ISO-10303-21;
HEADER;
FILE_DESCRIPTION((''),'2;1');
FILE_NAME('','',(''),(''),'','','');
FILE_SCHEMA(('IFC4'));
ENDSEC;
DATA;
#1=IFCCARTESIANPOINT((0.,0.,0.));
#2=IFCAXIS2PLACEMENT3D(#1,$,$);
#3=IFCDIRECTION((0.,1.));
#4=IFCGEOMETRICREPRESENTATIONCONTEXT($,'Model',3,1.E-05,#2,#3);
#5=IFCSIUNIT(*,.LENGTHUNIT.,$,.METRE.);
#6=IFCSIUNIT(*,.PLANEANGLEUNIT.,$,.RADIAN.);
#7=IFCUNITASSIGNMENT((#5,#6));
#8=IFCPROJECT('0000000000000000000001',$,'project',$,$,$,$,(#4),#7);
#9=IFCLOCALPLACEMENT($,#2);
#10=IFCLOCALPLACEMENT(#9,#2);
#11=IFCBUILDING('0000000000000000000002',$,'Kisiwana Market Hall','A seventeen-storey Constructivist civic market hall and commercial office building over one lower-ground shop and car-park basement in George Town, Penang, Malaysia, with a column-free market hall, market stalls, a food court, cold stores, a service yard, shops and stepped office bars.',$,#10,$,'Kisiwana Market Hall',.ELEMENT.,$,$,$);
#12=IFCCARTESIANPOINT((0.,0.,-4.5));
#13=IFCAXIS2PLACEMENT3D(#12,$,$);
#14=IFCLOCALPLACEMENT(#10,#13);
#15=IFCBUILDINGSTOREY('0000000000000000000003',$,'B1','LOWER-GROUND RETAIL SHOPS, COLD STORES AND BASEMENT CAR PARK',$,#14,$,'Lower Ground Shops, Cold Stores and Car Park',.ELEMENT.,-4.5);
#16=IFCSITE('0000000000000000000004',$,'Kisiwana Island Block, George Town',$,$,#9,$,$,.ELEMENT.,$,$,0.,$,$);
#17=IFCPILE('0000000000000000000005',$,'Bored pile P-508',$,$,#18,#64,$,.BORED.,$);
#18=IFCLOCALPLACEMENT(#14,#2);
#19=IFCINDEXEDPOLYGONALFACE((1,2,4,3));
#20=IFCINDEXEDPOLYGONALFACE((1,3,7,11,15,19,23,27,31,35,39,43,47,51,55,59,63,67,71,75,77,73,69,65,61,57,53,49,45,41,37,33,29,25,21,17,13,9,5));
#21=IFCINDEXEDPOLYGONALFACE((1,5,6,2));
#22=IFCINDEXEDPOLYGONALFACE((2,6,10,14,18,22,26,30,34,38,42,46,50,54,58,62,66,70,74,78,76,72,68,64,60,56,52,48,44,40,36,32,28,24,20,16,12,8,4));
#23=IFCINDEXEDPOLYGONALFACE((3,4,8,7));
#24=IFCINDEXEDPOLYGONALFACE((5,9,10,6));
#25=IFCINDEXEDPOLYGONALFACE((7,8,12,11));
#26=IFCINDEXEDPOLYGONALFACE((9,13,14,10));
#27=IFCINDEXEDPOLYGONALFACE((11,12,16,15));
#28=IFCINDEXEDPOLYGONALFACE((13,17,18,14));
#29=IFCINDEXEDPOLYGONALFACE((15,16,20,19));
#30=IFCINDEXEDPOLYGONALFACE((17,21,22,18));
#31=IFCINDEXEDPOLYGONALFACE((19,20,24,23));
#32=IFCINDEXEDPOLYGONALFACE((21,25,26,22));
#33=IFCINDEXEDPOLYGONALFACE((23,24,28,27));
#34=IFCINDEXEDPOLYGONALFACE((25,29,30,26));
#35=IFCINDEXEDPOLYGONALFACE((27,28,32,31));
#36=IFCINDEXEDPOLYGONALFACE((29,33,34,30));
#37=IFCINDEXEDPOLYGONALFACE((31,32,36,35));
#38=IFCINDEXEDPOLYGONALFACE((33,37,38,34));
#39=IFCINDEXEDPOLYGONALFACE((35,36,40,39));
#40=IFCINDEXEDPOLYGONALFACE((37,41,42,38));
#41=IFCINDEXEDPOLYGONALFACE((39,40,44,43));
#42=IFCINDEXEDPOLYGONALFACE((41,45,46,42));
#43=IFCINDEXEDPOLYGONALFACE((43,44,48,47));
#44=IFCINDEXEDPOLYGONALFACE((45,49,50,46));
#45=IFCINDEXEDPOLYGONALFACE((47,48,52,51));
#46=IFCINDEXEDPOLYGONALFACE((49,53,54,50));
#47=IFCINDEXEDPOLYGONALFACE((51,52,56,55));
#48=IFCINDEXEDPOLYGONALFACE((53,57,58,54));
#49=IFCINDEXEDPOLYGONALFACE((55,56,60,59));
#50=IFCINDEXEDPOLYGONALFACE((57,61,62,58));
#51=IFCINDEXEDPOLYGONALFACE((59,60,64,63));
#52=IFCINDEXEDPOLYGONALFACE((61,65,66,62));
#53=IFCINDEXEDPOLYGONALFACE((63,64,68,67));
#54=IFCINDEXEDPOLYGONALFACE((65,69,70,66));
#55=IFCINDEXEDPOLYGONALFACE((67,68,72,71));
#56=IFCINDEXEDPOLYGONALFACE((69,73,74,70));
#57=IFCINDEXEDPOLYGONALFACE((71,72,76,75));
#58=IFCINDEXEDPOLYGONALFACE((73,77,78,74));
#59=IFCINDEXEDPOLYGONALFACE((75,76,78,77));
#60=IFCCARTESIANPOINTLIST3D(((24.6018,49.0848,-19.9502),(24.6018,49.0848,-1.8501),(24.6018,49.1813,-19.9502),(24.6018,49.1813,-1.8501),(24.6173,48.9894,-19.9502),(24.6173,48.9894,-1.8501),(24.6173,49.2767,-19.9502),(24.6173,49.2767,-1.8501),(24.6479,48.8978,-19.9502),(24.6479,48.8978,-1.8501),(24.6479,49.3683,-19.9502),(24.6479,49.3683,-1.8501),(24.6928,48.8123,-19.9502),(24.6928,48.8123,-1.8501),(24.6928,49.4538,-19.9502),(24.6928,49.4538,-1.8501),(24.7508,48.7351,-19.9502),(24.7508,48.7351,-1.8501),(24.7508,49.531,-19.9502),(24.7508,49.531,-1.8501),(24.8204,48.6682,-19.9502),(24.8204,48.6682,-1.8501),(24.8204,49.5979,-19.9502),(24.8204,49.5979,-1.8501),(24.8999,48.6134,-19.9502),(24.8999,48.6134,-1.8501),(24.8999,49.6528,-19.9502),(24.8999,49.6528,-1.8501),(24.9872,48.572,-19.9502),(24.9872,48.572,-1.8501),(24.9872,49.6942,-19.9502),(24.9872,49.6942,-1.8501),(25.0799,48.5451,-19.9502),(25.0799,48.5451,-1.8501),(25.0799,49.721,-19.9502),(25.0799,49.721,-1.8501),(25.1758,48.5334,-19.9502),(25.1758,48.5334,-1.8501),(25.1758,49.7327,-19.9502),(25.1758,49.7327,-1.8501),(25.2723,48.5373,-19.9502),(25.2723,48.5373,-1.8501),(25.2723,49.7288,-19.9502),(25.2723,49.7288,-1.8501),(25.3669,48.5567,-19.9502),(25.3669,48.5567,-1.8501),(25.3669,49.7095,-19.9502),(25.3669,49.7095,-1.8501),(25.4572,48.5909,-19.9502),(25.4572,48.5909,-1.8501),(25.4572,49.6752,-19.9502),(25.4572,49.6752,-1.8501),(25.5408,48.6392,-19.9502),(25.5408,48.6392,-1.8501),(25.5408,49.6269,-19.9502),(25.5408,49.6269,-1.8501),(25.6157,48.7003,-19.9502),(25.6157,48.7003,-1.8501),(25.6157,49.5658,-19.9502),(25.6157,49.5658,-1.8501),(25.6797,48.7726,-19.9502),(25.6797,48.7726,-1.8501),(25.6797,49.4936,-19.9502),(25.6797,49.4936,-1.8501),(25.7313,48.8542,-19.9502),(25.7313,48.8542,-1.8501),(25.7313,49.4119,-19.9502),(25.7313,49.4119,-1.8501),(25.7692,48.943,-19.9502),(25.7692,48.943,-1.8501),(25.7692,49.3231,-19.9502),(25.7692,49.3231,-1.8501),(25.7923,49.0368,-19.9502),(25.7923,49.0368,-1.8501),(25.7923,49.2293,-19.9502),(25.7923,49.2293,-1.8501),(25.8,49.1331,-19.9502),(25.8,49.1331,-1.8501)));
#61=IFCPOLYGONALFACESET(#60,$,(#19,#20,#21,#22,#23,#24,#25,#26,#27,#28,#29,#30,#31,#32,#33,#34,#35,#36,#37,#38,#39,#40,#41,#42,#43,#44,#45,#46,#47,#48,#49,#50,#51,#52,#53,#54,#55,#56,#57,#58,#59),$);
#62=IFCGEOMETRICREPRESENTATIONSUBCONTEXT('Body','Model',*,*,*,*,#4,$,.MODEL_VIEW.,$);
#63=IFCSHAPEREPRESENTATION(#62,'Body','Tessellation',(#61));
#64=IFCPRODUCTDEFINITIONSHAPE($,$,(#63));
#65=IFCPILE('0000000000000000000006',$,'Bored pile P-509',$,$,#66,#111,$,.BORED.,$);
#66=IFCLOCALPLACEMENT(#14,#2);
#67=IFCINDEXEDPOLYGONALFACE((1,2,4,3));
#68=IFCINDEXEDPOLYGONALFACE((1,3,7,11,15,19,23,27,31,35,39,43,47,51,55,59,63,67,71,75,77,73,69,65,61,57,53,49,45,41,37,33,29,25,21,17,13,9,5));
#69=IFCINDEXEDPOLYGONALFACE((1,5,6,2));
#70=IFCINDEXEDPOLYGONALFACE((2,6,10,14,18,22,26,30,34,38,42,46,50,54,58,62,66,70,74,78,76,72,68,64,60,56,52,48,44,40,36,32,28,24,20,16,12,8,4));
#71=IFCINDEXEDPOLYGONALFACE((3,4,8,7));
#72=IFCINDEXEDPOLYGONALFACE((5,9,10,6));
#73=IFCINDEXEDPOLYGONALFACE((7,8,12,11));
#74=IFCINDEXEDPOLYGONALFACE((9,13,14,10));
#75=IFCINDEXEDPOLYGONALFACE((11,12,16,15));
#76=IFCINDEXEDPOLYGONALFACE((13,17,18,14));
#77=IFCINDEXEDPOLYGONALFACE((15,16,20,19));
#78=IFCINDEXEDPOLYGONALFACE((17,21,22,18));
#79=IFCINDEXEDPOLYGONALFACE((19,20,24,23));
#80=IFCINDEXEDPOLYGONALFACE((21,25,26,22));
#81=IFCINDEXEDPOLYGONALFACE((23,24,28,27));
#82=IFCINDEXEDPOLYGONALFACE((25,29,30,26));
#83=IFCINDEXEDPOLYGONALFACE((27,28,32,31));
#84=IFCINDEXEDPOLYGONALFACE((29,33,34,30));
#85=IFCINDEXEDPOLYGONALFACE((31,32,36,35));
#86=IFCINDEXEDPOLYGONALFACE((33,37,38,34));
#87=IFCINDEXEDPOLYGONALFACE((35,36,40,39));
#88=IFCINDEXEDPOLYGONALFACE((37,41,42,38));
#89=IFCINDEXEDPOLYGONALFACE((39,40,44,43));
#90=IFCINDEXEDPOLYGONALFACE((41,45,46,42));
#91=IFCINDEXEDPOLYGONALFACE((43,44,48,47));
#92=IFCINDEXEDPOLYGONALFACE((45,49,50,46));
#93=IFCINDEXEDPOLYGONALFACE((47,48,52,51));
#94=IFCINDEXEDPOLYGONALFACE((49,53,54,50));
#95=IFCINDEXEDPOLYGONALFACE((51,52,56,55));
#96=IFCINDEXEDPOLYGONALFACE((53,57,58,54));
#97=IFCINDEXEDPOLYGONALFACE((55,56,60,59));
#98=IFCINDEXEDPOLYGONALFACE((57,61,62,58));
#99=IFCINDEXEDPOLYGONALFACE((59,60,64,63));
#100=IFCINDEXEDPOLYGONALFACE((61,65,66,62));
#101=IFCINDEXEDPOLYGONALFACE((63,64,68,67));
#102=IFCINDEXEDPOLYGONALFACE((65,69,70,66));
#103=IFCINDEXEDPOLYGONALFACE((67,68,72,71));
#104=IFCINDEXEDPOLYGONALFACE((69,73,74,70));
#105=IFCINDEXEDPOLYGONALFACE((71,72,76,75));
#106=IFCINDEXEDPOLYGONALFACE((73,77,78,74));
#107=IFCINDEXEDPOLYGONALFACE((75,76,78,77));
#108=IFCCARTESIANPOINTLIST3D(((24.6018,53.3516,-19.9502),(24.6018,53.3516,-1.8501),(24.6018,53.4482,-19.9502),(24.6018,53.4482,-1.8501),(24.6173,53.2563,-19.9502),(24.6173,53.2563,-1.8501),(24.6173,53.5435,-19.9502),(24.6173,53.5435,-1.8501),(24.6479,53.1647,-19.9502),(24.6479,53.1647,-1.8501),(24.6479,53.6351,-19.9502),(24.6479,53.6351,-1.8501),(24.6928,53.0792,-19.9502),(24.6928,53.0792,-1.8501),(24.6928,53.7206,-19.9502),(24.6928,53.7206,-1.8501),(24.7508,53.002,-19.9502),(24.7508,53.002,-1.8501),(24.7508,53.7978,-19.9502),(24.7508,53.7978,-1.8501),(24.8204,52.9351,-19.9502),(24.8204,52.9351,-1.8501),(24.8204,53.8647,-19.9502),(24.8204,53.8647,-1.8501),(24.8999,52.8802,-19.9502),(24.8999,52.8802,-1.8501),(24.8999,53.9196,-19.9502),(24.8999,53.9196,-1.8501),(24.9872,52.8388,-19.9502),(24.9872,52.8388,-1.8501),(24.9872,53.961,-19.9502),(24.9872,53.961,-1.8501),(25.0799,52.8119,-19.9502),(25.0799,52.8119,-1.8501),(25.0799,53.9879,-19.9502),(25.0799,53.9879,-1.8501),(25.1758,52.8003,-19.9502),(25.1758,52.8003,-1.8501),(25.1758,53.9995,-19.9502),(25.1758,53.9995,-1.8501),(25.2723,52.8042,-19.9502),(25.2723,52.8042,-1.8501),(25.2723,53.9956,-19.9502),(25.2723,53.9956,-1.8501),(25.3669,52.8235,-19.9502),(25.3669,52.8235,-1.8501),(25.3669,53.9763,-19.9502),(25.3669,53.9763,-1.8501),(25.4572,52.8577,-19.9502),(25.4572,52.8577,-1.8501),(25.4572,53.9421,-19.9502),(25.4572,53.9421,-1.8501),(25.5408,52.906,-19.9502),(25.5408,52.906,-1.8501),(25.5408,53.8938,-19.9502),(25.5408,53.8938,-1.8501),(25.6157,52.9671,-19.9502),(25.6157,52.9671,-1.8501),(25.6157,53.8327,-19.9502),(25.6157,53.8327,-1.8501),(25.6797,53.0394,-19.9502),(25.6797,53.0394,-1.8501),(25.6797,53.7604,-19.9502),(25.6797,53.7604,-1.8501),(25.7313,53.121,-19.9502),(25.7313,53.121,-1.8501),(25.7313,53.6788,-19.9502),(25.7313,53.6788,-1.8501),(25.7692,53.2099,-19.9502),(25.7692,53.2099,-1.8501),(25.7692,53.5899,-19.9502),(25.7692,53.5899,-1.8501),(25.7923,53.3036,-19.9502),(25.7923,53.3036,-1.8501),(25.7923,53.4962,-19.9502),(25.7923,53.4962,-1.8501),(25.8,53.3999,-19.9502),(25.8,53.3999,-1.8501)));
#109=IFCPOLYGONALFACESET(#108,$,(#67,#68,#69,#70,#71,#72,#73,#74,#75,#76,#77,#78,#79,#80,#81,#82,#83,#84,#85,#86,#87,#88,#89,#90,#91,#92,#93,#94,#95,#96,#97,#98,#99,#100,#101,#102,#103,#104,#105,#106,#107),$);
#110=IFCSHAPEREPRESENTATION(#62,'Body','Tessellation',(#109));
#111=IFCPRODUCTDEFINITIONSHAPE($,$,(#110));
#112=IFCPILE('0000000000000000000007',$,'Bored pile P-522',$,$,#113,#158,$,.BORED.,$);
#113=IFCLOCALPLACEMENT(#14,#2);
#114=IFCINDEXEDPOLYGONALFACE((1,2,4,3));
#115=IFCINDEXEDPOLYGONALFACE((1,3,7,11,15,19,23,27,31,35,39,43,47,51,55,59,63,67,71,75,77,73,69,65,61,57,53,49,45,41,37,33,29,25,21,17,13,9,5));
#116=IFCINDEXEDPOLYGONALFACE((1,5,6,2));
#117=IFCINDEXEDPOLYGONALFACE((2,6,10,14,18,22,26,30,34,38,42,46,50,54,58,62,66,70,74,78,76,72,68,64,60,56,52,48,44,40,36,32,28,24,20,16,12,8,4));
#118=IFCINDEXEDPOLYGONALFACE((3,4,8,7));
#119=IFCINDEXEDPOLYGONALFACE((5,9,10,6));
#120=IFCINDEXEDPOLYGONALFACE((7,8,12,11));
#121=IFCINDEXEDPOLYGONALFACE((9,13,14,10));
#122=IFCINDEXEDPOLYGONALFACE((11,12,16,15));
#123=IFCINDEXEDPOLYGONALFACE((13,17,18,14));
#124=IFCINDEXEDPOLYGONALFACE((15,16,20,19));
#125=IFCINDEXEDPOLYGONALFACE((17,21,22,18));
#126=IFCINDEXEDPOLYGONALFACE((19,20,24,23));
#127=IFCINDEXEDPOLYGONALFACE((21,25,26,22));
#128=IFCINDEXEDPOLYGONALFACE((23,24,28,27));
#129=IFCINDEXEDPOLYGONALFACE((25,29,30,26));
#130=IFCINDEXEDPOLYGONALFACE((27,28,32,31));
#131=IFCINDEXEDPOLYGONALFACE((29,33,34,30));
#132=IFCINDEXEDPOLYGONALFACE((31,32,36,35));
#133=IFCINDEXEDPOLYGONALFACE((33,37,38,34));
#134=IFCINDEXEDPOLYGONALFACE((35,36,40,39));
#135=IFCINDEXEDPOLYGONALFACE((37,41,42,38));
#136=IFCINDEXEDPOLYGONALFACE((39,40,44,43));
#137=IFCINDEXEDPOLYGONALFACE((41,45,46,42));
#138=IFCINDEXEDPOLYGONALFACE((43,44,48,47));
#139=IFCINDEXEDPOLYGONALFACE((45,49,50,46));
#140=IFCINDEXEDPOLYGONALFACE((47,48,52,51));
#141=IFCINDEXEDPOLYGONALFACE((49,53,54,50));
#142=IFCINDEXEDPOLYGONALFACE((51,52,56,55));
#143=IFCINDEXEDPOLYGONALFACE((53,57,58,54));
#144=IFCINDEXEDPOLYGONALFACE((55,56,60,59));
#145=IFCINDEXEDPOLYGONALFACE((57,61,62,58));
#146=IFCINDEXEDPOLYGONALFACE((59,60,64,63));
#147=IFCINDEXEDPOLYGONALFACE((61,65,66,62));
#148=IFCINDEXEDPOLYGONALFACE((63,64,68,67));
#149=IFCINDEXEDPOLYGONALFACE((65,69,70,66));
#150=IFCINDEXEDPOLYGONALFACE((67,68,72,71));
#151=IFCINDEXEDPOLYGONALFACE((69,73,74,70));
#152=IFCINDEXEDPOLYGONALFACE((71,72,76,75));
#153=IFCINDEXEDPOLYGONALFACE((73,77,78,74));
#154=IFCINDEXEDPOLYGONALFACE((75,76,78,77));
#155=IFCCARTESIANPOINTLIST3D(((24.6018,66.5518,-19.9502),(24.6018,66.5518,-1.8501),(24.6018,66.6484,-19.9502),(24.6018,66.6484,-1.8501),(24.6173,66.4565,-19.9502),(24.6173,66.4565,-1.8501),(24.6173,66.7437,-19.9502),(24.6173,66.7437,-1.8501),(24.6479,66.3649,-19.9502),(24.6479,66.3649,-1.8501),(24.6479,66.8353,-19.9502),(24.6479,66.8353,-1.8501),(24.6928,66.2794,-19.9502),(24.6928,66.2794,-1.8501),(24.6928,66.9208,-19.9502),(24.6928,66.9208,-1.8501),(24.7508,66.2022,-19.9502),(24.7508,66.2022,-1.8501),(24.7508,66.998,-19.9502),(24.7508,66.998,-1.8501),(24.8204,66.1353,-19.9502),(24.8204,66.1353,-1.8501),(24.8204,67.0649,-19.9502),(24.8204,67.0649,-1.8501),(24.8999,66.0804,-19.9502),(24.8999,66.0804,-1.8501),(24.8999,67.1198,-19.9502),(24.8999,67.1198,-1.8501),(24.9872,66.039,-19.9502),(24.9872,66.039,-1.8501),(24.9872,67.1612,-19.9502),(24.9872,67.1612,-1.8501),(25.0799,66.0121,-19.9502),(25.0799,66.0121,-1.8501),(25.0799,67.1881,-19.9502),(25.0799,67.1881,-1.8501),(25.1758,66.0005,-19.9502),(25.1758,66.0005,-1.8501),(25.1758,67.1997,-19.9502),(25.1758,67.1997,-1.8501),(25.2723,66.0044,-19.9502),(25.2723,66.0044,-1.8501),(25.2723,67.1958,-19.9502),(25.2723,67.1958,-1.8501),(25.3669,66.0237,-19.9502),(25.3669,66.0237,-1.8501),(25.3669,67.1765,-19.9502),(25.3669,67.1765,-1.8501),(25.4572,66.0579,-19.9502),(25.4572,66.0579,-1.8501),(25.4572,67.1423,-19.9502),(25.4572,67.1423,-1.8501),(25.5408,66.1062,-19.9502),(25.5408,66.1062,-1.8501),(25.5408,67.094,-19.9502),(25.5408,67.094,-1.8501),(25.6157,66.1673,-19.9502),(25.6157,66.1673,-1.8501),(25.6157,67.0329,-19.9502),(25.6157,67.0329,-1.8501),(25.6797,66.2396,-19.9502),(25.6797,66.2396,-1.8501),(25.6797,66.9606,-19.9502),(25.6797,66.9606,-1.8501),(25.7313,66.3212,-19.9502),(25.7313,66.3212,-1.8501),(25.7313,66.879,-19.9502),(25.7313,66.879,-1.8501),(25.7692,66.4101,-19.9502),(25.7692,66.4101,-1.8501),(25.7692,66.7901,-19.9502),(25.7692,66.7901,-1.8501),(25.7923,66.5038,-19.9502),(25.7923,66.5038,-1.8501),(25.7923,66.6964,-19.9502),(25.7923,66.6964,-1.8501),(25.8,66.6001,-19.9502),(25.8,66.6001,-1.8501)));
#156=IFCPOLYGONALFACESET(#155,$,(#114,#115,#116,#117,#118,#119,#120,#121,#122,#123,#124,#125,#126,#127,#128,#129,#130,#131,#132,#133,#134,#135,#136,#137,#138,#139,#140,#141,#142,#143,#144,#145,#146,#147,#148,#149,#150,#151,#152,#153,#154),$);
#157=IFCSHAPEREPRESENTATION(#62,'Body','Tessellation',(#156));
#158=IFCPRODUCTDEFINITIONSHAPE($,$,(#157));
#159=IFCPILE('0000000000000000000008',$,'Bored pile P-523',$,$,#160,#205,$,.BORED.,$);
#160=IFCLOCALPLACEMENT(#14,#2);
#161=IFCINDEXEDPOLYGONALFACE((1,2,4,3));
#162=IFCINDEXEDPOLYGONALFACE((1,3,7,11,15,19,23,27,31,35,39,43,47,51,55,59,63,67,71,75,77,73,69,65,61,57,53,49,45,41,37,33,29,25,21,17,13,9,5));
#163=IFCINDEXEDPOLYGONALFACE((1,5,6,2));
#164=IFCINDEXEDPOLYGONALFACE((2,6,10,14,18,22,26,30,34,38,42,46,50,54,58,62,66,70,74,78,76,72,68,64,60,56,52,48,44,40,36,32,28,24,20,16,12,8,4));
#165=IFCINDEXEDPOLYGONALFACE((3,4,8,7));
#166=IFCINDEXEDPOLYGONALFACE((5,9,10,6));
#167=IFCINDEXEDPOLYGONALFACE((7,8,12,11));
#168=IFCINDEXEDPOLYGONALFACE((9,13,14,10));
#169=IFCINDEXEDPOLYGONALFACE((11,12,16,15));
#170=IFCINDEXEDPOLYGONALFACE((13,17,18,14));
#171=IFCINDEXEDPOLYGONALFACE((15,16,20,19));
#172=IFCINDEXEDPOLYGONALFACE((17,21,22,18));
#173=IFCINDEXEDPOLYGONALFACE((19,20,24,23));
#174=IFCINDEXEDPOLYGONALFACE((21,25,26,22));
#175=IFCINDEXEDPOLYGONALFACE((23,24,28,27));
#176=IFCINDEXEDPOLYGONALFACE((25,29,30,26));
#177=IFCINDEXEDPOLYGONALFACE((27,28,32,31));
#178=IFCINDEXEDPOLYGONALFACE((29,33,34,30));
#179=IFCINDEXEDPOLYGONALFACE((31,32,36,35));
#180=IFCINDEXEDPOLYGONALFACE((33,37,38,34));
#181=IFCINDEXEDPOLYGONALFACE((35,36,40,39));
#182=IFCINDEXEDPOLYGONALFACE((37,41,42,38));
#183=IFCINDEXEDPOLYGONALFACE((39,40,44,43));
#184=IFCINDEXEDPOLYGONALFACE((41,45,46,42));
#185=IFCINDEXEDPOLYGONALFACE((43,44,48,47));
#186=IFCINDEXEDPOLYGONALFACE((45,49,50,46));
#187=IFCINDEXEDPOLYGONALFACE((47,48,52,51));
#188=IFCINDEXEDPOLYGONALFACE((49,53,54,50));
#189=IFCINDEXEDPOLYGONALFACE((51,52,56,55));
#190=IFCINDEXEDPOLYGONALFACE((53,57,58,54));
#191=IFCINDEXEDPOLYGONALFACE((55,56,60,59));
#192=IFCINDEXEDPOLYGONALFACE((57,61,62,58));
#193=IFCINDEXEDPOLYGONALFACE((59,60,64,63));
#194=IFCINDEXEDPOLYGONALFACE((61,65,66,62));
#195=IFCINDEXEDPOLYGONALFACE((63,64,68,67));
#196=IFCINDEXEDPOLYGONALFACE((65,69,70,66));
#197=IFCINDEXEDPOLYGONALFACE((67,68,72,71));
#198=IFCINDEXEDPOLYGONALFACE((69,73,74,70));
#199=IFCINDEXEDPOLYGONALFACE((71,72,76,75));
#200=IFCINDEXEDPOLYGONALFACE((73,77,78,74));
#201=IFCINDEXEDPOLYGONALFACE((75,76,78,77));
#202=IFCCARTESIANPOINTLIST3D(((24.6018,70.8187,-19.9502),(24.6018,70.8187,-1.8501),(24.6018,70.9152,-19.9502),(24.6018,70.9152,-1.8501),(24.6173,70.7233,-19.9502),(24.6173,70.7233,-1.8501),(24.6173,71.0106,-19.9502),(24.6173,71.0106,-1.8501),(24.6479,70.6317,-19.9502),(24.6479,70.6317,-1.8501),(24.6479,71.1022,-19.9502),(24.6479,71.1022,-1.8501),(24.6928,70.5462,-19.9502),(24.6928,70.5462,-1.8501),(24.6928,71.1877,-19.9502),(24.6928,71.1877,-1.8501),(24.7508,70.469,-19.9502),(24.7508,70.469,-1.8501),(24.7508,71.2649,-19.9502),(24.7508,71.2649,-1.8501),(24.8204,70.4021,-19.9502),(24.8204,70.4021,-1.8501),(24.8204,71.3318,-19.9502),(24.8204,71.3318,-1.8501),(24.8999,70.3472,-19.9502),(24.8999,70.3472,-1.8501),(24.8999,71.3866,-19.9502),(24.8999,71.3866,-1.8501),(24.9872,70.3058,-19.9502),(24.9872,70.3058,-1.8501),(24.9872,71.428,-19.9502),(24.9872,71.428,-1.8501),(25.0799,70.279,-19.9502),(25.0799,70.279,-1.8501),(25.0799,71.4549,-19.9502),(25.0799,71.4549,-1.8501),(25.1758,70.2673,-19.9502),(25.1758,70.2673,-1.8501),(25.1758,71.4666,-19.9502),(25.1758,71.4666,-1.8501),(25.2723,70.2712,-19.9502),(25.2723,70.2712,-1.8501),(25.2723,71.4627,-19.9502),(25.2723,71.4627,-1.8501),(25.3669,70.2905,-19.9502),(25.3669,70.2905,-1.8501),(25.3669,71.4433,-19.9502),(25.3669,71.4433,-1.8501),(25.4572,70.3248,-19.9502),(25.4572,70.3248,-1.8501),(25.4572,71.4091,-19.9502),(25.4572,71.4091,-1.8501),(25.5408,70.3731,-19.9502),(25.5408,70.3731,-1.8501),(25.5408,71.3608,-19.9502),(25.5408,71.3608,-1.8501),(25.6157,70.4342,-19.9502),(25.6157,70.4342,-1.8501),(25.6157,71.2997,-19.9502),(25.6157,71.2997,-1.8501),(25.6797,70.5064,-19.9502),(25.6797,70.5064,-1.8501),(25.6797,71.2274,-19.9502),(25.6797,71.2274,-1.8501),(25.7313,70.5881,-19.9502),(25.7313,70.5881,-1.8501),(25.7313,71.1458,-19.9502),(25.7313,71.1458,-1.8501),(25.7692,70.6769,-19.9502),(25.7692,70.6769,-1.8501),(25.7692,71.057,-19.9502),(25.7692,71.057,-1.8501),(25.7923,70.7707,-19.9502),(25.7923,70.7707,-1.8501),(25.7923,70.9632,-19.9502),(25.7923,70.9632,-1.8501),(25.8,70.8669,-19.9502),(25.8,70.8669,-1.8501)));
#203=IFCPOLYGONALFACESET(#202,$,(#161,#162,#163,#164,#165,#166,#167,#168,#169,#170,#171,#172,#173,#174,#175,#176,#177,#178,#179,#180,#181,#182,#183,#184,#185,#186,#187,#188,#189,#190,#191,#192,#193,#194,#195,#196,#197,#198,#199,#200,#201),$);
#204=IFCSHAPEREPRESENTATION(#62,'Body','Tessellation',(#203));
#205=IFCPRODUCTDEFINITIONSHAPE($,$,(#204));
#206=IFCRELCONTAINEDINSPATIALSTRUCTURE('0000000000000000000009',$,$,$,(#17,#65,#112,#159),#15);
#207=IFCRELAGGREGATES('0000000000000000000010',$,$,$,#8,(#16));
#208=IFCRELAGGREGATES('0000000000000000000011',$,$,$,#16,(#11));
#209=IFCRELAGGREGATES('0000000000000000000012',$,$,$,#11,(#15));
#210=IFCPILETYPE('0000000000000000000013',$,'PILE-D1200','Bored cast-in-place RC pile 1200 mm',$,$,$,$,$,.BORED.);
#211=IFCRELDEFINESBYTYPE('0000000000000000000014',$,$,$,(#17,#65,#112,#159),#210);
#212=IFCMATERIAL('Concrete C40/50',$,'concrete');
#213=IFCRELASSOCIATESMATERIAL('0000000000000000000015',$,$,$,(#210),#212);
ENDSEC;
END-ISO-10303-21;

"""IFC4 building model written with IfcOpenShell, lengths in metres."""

from ifc_helpers import new_model, si_unit, direction, frame, origin, origin_2d, place, context, subcontext, project, spatial, circle, extrude, material, material_profile, profile_set, type_object, element, save


model = new_model("IFC4")

# Units and contexts
model_context = context("Model", 3, precision=1e-05, world=origin(), true_north=direction((0.0, 1.0)))
body_context = subcontext(model_context, "Body", "Model", "MODEL_VIEW")
ifc_project = project(units=[si_unit("LENGTHUNIT", "METRE"), si_unit("PLANEANGLEUNIT", "RADIAN")], contexts=[model_context])

# Site, building, storey
site_placement = place(None, origin())
site = spatial("IfcSite", under=ifc_project, at=site_placement, Name="Kisiwana Island Block, George Town", CompositionType="ELEMENT", RefElevation=0.0)
building_placement = place(site_placement, origin())
building = spatial("IfcBuilding", under=site, at=building_placement, Name="Kisiwana Market Hall", Description="A seventeen-storey Constructivist civic market hall and commercial office building over one lower-ground shop and car-park basement in George Town, Penang, Malaysia, with a column-free market hall, market stalls, a food court, cold stores, a service yard, shops and stepped office bars.", LongName="Kisiwana Market Hall", CompositionType="ELEMENT")
storey_placement = place(building_placement, frame((0.0, 0.0, -4.5)))
storey = spatial("IfcBuildingStorey", under=building, at=storey_placement, Name="B1", Description="LOWER-GROUND RETAIL SHOPS, COLD STORES AND BASEMENT CAR PARK", LongName="Lower Ground Shops, Cold Stores and Car Park", CompositionType="ELEMENT", Elevation=-4.5)

# Piles
ifc_material_1 = material(Name="Concrete C40/50", Category="concrete")
ifc_material_profile_1 = material_profile(ifc_material_1, circle(Radius=0.6001, at=origin_2d()), Name="BP D1200")
ifc_profile_set_1 = profile_set([ifc_material_profile_1], Name="Concrete C40/50")
pile_type_1 = type_object("IfcPileType", Name="PILE-D1200", Description="Bored cast-in-place RC pile 1200 mm", PredefinedType="BORED", material=ifc_profile_set_1)
for number, where, z_axis, x_axis, name in (
    (1, (25.2, 49.1331, -1.8501), (0.0, 0.0, -1.0), (1.0, 0.0, 0.0), "Bored pile P-508"),
    (2, (25.2, 53.3999, -1.8501), (0.0, 0.0, -1.0), (1.0, 0.0, 0.0), "Bored pile P-509"),
    (3, (25.2, 66.6001, -1.8501), (0.0, 0.0, -1.0), (1.0, 0.0, 0.0), "Bored pile P-522"),
    (4, (25.2, 70.8669, -1.8501), (0.0, 0.0, -1.0), (1.0, 0.0, 0.0), "Bored pile P-523"),
):
    element("IfcPile", number, at=place(storey_placement, frame(where, z_axis=z_axis, x_axis=x_axis)), inside=storey, type_object=pile_type_1, Name=name, PredefinedType="BORED", context=body_context, shape_type="SweptSolid", body=[
        extrude(circle(Radius=0.6001, at=origin_2d()), origin(), (0.0, 0.0, 1.0), 18.1001),
    ])

save(model, "model.ifc")
